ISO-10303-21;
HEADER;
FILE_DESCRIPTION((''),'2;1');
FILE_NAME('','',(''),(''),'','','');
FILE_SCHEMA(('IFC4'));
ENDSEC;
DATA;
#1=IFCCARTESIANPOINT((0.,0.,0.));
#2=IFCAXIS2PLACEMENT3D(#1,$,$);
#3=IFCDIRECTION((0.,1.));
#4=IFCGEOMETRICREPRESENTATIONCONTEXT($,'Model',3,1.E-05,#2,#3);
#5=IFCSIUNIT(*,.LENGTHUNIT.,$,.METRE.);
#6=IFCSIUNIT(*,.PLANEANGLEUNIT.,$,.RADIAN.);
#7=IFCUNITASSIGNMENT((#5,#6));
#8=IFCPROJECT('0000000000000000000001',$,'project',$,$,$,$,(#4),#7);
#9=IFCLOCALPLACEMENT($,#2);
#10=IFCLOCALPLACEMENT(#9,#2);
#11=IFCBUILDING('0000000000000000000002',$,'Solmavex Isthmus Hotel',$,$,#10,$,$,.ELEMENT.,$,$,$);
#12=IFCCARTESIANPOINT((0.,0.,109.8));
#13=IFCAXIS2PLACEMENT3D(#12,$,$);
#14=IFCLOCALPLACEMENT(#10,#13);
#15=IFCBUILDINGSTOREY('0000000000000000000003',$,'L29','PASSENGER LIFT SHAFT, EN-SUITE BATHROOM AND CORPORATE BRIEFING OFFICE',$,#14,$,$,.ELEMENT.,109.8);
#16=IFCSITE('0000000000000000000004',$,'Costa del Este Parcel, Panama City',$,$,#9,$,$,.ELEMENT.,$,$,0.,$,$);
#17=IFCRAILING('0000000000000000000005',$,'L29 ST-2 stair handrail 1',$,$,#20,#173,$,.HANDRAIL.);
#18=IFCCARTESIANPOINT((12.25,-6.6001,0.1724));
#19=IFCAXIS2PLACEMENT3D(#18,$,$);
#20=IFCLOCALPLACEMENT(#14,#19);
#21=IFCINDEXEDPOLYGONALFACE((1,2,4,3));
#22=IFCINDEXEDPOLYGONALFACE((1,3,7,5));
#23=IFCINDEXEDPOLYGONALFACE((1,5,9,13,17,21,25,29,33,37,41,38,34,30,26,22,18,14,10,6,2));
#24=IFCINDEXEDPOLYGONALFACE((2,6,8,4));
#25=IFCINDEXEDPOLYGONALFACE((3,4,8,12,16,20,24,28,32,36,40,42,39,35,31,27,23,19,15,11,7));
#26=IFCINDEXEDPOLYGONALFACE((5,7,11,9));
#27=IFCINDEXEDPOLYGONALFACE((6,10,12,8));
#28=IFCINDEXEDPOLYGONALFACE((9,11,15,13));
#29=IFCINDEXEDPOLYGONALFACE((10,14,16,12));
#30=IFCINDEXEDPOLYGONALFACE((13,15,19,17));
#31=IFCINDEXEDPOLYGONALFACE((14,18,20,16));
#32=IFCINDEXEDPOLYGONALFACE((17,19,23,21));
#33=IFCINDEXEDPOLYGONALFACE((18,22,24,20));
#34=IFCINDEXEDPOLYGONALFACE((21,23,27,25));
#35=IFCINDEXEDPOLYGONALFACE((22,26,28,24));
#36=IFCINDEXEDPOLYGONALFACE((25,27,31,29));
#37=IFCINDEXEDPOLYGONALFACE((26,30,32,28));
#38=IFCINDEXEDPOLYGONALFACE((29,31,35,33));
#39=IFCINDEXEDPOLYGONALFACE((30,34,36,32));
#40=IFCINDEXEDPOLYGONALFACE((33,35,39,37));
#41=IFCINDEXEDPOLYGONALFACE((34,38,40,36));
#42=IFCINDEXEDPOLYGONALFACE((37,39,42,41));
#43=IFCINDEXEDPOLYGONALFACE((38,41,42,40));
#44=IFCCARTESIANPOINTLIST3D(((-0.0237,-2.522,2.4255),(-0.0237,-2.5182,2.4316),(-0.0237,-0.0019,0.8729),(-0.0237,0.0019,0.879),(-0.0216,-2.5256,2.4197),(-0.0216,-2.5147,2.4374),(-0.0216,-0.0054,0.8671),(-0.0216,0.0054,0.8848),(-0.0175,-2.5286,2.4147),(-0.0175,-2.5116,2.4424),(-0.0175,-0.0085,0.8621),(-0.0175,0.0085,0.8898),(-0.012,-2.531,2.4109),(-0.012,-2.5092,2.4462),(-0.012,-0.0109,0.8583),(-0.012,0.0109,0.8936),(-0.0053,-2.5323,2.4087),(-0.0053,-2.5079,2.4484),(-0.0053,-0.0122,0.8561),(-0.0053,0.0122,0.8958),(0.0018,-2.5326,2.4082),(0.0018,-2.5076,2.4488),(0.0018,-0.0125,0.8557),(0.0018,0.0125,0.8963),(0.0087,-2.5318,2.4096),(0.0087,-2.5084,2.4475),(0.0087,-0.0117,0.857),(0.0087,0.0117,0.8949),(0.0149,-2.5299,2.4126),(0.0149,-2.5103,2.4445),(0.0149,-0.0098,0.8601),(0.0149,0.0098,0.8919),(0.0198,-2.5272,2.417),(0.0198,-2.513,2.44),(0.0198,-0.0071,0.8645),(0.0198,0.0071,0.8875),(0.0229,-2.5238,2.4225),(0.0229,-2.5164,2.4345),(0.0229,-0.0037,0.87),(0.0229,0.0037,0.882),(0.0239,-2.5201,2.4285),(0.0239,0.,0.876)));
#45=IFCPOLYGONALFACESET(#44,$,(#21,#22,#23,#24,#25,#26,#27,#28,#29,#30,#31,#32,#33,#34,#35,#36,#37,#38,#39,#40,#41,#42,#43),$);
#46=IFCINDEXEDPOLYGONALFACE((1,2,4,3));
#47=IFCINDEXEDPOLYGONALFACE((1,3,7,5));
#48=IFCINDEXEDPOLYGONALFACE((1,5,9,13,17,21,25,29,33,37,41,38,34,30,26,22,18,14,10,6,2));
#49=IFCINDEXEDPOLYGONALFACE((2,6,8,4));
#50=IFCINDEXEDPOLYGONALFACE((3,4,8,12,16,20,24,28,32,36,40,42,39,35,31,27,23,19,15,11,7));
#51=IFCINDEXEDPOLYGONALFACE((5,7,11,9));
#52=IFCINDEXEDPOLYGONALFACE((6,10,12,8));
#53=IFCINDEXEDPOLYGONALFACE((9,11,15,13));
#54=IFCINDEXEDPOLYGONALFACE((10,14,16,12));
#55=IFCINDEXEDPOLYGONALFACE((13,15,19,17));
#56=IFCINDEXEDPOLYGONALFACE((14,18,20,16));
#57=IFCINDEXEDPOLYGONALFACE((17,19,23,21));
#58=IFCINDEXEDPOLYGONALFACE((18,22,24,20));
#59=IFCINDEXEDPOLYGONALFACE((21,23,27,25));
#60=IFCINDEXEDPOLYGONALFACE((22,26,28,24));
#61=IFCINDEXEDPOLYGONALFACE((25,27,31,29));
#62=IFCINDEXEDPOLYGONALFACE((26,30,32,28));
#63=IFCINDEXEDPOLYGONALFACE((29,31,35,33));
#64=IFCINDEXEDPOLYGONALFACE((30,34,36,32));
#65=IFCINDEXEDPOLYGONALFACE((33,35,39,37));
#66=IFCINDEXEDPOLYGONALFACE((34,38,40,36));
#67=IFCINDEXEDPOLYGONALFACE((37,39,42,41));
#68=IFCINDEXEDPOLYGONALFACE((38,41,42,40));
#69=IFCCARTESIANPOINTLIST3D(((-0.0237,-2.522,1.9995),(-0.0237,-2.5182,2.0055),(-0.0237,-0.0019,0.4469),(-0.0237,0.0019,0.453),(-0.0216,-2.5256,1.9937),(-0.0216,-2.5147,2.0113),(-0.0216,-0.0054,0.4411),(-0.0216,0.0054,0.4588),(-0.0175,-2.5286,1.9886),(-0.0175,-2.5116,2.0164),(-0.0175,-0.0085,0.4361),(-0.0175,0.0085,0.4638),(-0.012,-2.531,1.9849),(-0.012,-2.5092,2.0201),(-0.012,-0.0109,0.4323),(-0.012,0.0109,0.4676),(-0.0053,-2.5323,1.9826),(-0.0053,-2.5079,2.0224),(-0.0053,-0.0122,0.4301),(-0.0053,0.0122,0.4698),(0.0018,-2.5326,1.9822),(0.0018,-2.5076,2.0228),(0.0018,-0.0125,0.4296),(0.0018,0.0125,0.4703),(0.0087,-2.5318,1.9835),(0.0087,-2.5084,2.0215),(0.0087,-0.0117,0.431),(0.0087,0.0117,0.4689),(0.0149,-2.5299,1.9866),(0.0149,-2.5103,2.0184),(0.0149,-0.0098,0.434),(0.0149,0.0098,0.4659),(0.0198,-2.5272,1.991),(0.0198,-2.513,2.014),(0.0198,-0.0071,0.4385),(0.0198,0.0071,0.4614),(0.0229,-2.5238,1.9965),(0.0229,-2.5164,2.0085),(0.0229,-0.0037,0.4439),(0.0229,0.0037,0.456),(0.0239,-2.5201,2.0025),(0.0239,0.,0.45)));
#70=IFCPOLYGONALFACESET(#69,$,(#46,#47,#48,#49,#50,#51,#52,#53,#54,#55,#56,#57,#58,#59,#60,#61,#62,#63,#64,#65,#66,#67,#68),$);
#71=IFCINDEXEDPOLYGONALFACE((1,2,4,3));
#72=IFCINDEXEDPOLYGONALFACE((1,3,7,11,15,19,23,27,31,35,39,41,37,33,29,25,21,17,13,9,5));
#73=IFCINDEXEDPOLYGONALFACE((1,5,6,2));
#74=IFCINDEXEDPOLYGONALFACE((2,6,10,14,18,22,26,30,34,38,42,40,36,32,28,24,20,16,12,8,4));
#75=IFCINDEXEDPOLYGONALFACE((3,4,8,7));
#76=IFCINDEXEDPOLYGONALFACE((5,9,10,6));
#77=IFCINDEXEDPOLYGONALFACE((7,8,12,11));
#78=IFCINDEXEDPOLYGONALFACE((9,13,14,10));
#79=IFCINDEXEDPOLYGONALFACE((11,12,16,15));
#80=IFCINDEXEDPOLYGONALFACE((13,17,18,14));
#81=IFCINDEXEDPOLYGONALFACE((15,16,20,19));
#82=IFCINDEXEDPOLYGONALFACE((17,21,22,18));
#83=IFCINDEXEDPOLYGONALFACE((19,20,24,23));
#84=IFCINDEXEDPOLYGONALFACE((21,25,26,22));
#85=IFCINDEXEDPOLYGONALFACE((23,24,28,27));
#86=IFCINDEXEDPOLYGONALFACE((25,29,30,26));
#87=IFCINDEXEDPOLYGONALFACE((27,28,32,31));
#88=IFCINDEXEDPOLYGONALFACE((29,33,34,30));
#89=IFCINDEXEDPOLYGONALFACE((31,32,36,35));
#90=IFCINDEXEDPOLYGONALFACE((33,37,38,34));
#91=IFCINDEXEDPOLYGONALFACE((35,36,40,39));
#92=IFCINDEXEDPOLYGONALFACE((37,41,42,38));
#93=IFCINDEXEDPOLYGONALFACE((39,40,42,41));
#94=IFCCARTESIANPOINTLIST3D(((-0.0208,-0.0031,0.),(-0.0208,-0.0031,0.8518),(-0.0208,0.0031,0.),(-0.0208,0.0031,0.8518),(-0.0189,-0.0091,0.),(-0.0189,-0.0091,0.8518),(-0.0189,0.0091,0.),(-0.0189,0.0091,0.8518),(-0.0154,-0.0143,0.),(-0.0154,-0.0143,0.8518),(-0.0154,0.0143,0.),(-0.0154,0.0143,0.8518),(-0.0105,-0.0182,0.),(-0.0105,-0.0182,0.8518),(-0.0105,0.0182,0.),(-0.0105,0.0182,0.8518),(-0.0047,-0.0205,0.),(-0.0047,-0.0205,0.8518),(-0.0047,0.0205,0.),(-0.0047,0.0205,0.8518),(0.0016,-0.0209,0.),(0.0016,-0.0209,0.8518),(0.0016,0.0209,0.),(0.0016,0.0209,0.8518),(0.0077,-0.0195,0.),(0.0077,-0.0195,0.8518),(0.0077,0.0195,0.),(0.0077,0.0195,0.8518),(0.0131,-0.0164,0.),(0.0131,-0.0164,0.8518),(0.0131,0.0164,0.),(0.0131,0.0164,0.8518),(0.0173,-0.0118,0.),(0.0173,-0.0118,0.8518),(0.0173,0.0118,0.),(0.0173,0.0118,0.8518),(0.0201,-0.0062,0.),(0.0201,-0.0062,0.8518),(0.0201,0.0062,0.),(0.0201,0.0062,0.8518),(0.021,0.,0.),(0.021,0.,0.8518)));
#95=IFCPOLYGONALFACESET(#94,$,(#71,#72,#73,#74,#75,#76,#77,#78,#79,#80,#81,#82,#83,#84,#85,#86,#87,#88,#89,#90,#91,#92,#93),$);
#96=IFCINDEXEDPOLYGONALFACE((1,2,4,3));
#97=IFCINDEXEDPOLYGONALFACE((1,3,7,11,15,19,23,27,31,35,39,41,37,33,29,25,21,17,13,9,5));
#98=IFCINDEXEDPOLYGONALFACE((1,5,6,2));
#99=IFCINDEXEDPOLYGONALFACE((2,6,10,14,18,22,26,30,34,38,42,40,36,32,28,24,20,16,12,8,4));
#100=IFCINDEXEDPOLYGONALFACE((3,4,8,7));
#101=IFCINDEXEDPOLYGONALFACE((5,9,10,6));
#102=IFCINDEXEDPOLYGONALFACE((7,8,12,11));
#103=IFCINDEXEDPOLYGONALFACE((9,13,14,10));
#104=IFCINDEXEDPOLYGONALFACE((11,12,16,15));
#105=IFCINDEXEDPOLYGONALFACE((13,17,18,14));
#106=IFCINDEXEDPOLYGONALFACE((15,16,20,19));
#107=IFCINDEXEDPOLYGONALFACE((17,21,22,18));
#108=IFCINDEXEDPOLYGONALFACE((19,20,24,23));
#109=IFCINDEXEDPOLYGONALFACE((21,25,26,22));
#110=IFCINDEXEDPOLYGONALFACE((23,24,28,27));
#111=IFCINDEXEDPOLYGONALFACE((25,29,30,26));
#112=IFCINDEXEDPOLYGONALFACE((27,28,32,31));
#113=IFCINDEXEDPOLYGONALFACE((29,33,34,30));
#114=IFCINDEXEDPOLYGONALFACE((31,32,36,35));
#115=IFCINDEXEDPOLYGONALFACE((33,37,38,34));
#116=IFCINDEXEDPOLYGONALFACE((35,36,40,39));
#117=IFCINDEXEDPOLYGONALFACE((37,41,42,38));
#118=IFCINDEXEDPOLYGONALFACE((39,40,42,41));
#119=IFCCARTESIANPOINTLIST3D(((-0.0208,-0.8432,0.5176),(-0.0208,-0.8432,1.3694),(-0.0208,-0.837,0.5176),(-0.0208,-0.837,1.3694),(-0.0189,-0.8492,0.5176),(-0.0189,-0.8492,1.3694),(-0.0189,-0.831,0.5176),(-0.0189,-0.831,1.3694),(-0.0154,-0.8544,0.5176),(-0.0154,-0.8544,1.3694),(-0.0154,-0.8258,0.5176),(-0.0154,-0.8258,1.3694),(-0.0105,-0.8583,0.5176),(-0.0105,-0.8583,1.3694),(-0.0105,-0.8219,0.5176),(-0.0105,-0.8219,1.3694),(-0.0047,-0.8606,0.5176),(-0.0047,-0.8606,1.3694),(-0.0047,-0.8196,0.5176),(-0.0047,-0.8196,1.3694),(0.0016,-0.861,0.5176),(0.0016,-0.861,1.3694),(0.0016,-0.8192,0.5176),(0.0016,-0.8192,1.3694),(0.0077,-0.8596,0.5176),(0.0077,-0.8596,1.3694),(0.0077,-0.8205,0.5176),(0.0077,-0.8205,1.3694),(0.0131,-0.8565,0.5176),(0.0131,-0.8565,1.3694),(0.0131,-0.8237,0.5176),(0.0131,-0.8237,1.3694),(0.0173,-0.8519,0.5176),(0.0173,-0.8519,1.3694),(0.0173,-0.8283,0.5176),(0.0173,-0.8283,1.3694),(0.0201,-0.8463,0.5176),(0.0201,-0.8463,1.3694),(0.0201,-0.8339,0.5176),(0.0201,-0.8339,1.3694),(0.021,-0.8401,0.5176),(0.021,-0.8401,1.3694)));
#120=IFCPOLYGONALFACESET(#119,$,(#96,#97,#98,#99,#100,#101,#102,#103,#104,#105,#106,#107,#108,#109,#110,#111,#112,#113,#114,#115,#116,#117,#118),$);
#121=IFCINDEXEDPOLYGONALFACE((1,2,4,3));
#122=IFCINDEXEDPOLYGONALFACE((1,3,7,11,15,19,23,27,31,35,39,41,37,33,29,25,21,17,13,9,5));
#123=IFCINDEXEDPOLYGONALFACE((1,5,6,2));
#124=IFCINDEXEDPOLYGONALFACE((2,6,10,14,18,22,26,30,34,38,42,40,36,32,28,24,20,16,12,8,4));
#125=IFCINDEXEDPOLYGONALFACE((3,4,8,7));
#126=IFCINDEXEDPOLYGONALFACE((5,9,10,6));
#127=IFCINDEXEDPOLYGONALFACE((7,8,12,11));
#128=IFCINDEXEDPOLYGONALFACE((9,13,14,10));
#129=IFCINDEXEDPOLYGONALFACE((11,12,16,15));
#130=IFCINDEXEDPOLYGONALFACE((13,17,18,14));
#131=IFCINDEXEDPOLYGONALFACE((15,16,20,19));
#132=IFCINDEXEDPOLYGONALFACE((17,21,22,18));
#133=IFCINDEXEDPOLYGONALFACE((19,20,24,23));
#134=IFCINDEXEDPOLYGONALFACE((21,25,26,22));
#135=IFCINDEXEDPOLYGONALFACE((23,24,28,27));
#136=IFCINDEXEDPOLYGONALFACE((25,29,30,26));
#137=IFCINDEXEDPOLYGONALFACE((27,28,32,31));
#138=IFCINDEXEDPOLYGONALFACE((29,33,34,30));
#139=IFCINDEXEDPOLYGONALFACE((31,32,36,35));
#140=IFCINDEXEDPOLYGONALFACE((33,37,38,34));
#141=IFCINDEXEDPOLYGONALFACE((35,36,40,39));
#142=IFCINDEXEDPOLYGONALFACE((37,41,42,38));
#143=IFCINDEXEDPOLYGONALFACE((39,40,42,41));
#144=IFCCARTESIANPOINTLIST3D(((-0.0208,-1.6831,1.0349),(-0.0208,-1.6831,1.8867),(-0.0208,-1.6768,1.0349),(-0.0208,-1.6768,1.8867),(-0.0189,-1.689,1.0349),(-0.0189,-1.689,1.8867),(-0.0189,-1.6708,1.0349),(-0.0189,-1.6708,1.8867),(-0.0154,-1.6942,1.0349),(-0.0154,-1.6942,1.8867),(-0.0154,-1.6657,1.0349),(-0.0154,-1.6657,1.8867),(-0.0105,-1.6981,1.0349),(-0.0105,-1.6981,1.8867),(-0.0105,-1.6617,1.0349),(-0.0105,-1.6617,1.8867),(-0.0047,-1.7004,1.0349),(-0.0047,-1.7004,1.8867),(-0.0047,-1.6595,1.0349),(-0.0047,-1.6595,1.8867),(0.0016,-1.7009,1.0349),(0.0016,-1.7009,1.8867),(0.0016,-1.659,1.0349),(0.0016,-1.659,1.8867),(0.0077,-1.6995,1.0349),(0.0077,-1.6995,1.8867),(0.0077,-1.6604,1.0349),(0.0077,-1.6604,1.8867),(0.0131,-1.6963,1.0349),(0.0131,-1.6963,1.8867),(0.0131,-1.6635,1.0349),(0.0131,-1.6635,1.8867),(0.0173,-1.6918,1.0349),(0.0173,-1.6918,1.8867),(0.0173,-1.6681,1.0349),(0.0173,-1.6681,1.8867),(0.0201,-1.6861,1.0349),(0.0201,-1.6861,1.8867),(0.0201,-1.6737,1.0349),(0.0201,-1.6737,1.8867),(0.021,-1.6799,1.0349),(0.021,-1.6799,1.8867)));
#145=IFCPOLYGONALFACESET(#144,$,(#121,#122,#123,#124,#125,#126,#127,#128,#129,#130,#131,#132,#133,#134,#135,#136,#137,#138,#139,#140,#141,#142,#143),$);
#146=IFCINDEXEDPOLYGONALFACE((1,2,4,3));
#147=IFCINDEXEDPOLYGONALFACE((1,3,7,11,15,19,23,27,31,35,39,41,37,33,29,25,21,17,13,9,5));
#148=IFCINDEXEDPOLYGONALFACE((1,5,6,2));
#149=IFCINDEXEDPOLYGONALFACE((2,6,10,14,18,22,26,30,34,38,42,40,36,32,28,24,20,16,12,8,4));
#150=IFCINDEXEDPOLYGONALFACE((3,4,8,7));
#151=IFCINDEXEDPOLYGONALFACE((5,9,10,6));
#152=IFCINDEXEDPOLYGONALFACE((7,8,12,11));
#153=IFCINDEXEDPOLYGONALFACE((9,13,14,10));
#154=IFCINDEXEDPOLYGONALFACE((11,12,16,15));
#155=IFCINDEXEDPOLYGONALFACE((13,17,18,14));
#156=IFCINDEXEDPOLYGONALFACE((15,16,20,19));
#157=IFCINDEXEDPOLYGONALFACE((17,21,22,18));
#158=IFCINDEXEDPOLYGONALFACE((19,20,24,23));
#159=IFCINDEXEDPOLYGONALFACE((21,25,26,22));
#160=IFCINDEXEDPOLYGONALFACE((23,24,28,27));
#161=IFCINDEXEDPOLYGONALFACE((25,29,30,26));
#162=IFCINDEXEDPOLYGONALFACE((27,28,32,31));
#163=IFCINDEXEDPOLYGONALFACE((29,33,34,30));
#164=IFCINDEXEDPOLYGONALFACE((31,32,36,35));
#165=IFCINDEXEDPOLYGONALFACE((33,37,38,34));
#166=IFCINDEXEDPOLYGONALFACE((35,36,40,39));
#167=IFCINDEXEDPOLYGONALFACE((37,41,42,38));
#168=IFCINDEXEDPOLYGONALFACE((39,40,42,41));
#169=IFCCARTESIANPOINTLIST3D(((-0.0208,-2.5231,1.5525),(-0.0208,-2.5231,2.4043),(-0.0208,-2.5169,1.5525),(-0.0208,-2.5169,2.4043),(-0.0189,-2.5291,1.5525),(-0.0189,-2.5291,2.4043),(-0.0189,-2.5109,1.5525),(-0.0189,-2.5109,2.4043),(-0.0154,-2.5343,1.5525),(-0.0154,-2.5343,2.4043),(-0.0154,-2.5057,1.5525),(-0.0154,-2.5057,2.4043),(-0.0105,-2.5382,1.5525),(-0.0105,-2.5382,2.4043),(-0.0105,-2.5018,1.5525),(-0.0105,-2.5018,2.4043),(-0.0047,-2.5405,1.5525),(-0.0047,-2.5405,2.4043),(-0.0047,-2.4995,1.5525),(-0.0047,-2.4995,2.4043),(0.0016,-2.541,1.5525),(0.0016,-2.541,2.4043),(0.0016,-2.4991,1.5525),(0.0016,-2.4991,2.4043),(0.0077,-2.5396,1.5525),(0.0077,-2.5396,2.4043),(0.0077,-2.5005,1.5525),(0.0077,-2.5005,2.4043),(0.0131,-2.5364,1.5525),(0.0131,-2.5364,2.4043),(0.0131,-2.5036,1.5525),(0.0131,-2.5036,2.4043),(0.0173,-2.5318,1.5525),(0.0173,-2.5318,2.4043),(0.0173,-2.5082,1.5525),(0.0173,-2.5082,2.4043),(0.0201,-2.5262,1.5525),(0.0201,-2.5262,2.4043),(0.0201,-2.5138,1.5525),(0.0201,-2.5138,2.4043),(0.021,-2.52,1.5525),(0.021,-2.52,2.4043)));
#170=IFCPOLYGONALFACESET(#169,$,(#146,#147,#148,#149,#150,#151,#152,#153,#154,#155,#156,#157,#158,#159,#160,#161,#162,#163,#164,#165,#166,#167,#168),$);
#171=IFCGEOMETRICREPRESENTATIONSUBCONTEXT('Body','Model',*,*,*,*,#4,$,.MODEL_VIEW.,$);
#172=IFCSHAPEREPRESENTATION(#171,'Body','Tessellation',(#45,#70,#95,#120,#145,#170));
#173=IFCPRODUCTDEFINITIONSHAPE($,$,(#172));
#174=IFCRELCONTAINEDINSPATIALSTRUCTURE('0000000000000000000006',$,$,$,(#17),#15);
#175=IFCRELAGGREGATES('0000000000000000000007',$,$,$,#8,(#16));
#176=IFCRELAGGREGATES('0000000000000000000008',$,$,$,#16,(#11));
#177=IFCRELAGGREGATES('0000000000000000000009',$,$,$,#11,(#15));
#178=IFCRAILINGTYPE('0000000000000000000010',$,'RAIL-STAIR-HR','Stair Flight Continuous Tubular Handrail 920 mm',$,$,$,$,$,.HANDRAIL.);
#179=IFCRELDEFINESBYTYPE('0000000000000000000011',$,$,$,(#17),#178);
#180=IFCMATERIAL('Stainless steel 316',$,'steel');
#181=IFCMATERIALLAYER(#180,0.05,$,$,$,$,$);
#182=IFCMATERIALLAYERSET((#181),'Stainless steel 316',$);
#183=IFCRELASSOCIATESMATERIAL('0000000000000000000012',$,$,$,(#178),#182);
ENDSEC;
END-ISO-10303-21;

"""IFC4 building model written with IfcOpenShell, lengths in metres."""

from ifc_helpers import new_model, si_unit, direction, frame, origin, origin_2d, place, context, subcontext, project, spatial, circle, extrude, material, layer, layer_set, type_object, element, save


model = new_model("IFC4")

# Units and contexts
model_context = context("Model", 3, precision=1e-05, world=origin(), true_north=direction((0.0, 1.0)))
body_context = subcontext(model_context, "Body", "Model", "MODEL_VIEW")
ifc_project = project(units=[si_unit("LENGTHUNIT", "METRE"), si_unit("PLANEANGLEUNIT", "RADIAN")], contexts=[model_context])

# Site, building, storey
site_placement = place(None, origin())
site = spatial("IfcSite", under=ifc_project, at=site_placement, Name="Costa del Este Parcel, Panama City", CompositionType="ELEMENT", RefElevation=0.0)
building_placement = place(site_placement, origin())
building = spatial("IfcBuilding", under=site, at=building_placement, Name="Solmavex Isthmus Hotel", CompositionType="ELEMENT")
storey_placement = place(building_placement, frame((0.0, 0.0, 109.8)))
storey = spatial("IfcBuildingStorey", under=building, at=storey_placement, Name="L29", Description="PASSENGER LIFT SHAFT, EN-SUITE BATHROOM AND CORPORATE BRIEFING OFFICE", CompositionType="ELEMENT", Elevation=109.8)

# Shared definitions
ifc_material_1 = material(Name="Stainless steel 316", Category="steel")

# Railing
ifc_layer_1 = layer(ifc_material_1, 0.05)
ifc_layer_set_1 = layer_set([ifc_layer_1], Name="Stainless steel 316")
railing_type_1 = type_object("IfcRailingType", Name="RAIL-STAIR-HR", Description="Stair Flight Continuous Tubular Handrail 920 mm", PredefinedType="HANDRAIL", material=ifc_layer_set_1)
railing_1_placement = place(storey_placement, frame((12.25, -6.6001, 0.1724)))
element("IfcRailing", 1, at=railing_1_placement, inside=storey, type_object=railing_type_1, Name="L29 ST-2 stair handrail 1", PredefinedType="HANDRAIL", context=body_context, shape_type="SweptSolid", body=[
    extrude(circle(Radius=0.0239, at=origin_2d()), frame((0.0, 0.0, 0.876), z_axis=(0.0, -0.8514, 0.524516), x_axis=(1.0, 0.0, 0.0)), (0.0, 0.0, 1.0), 2.96),
    extrude(circle(Radius=0.0239, at=origin_2d()), frame((0.0, 0.0, 0.45), z_axis=(0.0, -0.8514, 0.524516), x_axis=(1.0, 0.0, 0.0)), (0.0, 0.0, 1.0), 2.96),
    extrude(circle(Radius=0.021, at=origin_2d()), origin(), (0.0, 0.0, 1.0), 0.8518),
    extrude(circle(Radius=0.021, at=origin_2d()), frame((0.0, -0.8401, 0.5176)), (0.0, 0.0, 1.0), 0.8518),
    extrude(circle(Radius=0.021, at=origin_2d()), frame((0.0, -1.6799, 1.0349)), (0.0, 0.0, 1.0), 0.8518),
    extrude(circle(Radius=0.021, at=origin_2d()), frame((0.0, -2.52, 1.5525)), (0.0, 0.0, 1.0), 0.8518),
])

save(model, "model.ifc")
